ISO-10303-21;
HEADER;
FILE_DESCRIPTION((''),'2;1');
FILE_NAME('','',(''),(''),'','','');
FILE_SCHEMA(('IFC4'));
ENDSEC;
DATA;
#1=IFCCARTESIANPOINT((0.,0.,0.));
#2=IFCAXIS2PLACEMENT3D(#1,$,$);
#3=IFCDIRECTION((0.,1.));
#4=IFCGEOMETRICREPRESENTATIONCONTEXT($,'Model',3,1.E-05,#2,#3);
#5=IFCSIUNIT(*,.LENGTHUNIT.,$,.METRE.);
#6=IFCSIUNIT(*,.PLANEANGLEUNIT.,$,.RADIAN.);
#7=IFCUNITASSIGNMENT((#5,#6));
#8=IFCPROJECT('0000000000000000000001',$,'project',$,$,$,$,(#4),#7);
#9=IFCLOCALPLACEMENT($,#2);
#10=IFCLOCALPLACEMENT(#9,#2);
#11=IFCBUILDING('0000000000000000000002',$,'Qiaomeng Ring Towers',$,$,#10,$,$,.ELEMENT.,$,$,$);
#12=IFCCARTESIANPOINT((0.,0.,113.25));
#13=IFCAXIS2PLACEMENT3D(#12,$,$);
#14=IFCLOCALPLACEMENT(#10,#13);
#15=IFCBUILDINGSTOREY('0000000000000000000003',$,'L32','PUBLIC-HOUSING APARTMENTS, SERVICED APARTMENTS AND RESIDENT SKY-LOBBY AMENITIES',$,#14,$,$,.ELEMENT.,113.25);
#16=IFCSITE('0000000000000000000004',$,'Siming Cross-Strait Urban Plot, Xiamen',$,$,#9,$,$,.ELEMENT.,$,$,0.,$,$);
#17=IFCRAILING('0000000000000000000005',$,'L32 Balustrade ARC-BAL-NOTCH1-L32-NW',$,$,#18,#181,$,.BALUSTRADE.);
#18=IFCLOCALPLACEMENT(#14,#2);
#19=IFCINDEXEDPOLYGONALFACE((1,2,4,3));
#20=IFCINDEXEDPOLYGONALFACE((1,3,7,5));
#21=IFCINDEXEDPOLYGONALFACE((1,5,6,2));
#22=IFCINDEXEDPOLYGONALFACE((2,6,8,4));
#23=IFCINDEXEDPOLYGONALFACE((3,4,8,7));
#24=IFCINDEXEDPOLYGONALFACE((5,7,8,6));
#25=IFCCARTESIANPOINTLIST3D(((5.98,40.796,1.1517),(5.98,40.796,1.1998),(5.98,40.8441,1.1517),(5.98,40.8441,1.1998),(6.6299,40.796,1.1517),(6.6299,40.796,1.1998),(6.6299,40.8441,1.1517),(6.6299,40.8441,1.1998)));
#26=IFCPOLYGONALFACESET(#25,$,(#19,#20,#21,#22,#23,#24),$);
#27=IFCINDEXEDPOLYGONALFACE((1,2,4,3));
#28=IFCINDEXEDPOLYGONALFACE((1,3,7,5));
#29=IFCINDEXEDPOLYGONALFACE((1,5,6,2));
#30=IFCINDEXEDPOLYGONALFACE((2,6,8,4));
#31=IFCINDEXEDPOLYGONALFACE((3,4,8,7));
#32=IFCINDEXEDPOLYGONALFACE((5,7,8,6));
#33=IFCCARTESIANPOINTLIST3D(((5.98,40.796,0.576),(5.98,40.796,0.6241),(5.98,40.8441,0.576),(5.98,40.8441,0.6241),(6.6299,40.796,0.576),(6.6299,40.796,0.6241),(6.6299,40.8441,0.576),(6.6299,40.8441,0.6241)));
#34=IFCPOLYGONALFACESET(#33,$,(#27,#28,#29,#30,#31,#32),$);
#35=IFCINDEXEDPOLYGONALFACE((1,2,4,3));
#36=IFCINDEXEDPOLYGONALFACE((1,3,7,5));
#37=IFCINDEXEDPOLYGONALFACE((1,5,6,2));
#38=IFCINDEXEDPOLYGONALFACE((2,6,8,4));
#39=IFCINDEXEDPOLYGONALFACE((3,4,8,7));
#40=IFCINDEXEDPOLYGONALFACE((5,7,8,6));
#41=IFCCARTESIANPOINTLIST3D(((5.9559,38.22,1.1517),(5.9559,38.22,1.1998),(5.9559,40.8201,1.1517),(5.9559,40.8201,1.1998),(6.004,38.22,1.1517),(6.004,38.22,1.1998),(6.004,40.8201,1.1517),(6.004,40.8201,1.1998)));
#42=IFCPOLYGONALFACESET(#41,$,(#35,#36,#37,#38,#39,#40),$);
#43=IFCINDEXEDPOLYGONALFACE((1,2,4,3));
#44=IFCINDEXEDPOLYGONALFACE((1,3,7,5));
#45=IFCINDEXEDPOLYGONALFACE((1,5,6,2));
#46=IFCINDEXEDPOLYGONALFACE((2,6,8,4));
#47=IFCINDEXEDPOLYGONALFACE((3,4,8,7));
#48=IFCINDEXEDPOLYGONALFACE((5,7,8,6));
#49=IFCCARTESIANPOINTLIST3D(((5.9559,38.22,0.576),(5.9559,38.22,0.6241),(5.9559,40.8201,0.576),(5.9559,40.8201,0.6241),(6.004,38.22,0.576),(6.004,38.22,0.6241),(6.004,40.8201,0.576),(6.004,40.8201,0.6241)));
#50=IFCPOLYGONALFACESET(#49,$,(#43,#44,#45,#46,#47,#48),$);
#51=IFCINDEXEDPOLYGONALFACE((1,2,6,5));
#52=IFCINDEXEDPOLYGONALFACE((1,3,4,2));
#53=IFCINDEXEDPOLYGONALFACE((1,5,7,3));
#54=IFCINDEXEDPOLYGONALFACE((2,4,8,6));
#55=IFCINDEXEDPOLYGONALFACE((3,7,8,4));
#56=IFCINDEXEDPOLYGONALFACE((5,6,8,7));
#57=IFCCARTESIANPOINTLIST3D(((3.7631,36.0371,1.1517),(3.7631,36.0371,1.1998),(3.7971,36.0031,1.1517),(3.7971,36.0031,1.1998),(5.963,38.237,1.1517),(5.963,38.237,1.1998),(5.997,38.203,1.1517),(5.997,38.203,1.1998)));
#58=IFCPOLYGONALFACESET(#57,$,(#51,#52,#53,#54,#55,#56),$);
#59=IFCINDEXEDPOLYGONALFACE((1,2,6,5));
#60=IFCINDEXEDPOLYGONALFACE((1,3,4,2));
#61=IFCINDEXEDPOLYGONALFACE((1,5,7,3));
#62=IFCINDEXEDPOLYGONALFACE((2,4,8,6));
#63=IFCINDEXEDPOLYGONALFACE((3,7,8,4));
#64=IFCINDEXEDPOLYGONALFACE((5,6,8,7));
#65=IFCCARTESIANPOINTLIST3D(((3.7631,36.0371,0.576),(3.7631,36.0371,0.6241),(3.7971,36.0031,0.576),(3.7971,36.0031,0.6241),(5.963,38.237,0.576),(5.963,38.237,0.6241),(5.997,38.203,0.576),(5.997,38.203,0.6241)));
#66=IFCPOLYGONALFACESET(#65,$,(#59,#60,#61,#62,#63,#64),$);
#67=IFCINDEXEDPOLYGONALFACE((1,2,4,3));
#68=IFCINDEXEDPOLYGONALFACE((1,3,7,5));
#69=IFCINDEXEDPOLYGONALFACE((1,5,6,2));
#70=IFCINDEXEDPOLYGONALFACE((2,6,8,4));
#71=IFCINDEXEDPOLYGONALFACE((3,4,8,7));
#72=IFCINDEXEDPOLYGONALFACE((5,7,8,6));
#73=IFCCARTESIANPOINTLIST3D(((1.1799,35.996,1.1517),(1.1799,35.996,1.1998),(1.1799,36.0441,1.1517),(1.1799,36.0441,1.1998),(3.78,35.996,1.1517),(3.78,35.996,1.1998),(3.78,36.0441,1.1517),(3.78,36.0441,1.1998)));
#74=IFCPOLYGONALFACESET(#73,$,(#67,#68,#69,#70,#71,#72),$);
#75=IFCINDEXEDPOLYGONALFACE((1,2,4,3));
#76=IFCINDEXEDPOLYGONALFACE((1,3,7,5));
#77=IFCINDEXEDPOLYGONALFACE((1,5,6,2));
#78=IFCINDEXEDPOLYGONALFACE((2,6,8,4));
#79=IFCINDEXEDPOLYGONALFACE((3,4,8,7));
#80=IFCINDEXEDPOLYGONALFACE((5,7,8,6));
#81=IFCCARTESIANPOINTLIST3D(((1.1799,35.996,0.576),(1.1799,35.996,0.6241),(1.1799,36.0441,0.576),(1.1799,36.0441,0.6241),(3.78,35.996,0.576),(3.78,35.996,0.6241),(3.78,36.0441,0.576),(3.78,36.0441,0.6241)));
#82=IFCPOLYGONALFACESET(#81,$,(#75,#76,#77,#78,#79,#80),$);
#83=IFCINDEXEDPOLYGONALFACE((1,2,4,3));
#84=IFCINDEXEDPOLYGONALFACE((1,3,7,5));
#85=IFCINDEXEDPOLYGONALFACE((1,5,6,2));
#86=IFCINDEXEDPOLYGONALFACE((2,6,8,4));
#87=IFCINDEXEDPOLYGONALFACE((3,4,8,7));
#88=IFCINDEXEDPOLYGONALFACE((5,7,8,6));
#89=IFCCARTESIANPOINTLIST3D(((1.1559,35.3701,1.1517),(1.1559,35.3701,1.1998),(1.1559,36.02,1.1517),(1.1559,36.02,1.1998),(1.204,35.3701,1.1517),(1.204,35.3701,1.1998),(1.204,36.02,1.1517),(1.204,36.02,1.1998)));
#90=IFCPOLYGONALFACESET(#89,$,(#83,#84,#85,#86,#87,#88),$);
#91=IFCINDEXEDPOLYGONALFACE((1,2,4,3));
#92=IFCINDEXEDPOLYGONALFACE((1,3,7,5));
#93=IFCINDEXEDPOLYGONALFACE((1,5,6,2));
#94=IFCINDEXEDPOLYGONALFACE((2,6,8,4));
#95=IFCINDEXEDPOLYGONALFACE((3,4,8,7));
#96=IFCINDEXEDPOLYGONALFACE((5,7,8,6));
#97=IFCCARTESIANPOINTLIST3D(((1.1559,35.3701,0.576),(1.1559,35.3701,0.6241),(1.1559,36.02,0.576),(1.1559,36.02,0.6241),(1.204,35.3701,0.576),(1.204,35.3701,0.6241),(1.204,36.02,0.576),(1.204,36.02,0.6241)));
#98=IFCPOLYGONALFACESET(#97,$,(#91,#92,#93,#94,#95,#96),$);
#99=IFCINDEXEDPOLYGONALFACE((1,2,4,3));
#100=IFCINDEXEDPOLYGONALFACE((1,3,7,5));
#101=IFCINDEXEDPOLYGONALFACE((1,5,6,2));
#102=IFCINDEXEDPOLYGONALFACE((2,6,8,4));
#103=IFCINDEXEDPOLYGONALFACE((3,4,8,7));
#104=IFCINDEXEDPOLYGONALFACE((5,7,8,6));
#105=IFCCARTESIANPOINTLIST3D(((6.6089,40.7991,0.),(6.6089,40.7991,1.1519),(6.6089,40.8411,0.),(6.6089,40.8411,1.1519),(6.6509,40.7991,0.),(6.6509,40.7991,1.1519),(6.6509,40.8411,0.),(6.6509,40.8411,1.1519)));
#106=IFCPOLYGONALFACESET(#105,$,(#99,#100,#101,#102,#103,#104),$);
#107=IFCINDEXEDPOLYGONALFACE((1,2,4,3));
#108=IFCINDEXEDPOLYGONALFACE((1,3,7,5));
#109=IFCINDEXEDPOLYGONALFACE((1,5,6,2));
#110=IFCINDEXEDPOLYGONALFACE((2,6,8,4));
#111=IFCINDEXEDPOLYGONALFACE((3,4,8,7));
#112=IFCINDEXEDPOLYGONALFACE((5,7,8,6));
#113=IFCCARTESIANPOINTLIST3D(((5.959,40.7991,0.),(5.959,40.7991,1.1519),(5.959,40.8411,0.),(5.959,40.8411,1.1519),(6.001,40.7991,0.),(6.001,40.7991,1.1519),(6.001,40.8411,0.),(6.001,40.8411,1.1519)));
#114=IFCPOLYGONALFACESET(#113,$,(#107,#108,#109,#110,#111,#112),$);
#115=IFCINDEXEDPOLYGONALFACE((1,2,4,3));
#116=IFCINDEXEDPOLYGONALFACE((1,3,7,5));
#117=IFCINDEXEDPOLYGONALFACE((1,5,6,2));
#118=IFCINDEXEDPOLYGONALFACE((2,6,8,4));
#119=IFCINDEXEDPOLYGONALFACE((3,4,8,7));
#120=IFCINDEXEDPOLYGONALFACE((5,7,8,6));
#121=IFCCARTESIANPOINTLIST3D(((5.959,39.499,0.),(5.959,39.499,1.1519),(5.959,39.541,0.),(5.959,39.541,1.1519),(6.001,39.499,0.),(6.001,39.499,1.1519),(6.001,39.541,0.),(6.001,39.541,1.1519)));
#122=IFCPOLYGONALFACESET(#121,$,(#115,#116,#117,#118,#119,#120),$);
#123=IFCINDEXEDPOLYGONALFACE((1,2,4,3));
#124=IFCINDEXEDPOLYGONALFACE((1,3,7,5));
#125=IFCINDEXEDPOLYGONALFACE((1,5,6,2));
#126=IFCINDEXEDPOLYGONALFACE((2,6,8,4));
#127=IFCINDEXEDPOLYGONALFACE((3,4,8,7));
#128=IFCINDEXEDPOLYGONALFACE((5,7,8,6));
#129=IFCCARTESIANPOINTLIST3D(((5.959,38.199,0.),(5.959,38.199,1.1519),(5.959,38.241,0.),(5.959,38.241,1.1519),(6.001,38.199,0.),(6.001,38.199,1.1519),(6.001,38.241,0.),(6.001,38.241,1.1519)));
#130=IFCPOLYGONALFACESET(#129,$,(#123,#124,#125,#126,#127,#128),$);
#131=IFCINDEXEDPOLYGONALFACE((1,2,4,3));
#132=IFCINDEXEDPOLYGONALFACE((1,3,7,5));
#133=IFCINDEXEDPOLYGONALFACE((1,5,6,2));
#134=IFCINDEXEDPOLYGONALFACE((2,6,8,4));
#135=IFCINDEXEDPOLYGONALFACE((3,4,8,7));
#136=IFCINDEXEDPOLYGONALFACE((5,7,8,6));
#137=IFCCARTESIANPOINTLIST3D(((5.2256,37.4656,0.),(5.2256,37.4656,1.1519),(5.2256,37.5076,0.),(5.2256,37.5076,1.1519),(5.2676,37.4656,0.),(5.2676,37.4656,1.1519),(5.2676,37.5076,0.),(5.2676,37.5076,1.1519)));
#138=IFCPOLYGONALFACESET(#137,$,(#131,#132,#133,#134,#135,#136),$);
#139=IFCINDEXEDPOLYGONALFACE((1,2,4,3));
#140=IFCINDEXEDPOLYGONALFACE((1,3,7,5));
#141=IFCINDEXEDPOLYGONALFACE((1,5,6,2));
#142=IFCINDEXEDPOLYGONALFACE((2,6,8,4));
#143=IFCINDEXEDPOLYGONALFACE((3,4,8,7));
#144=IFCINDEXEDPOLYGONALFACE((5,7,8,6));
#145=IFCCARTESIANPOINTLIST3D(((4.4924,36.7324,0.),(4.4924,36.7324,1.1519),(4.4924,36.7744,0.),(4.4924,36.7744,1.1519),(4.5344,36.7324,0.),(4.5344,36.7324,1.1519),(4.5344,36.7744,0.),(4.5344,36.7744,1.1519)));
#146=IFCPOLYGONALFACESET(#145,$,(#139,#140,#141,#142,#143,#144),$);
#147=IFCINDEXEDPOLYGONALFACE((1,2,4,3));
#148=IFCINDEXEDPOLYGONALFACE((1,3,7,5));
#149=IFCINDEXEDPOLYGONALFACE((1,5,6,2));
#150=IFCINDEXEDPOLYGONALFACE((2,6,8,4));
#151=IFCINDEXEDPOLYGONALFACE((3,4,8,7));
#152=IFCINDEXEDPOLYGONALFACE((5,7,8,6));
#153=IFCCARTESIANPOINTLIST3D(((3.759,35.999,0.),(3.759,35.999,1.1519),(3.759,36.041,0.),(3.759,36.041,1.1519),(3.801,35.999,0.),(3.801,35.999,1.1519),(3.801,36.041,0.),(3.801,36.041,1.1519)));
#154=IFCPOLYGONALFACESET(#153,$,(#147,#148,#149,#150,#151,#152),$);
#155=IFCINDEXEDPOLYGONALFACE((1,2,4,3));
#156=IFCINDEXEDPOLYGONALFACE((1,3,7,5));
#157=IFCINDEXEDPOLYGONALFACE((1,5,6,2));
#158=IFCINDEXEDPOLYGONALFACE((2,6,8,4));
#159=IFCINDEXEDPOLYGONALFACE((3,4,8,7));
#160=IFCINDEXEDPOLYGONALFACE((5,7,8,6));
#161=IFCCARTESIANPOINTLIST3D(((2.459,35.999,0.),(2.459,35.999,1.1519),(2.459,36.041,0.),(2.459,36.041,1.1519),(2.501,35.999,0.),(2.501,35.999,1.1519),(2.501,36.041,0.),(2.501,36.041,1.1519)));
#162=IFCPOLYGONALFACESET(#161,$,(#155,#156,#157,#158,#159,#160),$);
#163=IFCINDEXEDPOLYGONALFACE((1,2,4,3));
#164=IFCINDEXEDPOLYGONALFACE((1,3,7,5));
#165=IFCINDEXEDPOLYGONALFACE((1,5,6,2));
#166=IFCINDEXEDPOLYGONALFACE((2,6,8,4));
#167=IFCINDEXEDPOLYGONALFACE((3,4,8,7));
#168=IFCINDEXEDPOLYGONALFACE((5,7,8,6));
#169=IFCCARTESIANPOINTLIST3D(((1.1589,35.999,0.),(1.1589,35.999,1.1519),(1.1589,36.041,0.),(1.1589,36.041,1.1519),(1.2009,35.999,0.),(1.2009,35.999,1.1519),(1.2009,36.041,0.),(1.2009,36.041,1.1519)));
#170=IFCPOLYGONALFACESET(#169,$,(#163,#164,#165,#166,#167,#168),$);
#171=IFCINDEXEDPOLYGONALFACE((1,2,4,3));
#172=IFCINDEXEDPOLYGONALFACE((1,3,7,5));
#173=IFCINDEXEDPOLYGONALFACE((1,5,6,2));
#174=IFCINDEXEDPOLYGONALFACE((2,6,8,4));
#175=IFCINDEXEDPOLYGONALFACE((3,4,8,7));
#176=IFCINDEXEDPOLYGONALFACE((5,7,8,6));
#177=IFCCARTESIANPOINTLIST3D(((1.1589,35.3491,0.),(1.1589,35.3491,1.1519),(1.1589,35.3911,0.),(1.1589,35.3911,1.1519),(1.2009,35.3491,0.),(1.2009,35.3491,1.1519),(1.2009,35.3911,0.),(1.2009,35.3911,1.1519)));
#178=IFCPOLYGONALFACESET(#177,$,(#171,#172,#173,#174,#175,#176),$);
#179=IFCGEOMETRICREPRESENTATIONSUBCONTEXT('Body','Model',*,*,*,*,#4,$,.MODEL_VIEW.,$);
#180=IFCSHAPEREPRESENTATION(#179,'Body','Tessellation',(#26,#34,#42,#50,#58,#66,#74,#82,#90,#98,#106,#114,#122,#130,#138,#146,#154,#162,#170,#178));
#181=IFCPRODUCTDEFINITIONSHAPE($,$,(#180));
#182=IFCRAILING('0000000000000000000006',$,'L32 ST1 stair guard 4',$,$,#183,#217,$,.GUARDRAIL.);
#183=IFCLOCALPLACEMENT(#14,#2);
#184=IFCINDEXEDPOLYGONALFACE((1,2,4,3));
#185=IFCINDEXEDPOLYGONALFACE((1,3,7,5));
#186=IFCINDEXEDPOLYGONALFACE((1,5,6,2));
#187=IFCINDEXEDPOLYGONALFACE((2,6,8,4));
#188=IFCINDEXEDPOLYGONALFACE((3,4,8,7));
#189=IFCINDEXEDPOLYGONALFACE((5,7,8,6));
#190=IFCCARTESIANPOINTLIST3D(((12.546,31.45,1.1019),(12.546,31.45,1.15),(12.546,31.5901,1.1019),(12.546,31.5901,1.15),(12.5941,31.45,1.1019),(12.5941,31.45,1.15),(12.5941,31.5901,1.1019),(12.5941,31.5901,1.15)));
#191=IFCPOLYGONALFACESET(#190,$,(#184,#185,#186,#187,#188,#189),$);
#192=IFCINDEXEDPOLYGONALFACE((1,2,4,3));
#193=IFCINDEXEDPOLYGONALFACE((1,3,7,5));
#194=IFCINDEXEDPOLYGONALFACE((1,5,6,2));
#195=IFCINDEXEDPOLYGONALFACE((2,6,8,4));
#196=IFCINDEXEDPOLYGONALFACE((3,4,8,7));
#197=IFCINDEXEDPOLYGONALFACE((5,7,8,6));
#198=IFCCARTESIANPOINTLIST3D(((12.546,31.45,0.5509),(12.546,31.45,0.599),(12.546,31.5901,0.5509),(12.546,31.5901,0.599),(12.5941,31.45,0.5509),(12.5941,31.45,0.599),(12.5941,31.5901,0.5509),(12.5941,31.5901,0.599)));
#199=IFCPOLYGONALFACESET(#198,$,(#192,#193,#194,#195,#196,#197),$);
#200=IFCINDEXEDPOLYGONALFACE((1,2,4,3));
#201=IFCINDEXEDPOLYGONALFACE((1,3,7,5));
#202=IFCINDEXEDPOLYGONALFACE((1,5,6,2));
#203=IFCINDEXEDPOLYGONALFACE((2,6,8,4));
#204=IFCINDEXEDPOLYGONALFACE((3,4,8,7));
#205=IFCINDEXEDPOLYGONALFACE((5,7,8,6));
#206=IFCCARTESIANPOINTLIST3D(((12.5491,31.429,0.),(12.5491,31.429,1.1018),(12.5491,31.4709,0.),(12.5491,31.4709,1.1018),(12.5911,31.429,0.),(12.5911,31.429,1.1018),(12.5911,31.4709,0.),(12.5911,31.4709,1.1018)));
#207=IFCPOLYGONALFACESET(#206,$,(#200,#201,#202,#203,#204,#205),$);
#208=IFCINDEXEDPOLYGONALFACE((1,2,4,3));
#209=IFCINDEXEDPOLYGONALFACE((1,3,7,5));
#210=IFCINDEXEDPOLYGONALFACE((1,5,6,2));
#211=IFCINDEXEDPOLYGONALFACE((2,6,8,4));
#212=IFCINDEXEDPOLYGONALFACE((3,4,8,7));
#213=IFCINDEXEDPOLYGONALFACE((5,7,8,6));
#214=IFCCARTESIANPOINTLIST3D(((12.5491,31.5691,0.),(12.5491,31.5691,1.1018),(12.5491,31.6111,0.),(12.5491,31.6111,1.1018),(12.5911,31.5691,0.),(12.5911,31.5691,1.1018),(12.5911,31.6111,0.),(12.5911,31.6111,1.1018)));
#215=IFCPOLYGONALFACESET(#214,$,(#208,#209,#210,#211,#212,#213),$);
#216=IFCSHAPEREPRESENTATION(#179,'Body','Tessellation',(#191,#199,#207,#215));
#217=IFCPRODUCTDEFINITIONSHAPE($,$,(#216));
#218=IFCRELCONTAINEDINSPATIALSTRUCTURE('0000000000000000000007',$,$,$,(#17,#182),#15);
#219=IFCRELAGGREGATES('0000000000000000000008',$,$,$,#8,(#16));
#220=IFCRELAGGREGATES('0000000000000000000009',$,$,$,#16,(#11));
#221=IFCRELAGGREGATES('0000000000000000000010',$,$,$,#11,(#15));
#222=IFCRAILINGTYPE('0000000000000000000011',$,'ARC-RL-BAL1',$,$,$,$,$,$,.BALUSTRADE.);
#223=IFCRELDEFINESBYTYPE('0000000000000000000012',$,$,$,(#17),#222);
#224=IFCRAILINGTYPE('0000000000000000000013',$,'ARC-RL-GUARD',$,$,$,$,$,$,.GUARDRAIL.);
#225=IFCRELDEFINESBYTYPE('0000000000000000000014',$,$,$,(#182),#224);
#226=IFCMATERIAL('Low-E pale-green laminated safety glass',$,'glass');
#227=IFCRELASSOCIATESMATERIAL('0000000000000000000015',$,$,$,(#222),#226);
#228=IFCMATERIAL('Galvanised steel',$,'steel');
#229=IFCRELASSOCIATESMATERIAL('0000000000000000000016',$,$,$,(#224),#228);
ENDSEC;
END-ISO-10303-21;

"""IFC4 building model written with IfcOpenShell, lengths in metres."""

from ifc_helpers import new_model, si_unit, direction, frame, origin, origin_2d, place, context, subcontext, project, spatial, rectangle, extrude, material, type_object, element, save


model = new_model("IFC4")

# Units and contexts
model_context = context("Model", 3, precision=1e-05, world=origin(), true_north=direction((0.0, 1.0)))
body_context = subcontext(model_context, "Body", "Model", "MODEL_VIEW")
ifc_project = project(units=[si_unit("LENGTHUNIT", "METRE"), si_unit("PLANEANGLEUNIT", "RADIAN")], contexts=[model_context])

# Site, building, storey
site_placement = place(None, origin())
site = spatial("IfcSite", under=ifc_project, at=site_placement, Name="Siming Cross-Strait Urban Plot, Xiamen", CompositionType="ELEMENT", RefElevation=0.0)
building_placement = place(site_placement, origin())
building = spatial("IfcBuilding", under=site, at=building_placement, Name="Qiaomeng Ring Towers", CompositionType="ELEMENT")
storey_placement = place(building_placement, frame((0.0, 0.0, 113.25)))
storey = spatial("IfcBuildingStorey", under=building, at=storey_placement, Name="L32", Description="PUBLIC-HOUSING APARTMENTS, SERVICED APARTMENTS AND RESIDENT SKY-LOBBY AMENITIES", CompositionType="ELEMENT", Elevation=113.25)

# Shared definitions
ifc_material_1 = material(Name="Galvanised steel", Category="steel")

# Railings
ifc_material_2 = material(Name="Low-E pale-green laminated safety glass", Category="glass")
railing_type_1 = type_object("IfcRailingType", Name="ARC-RL-BAL1", PredefinedType="BALUSTRADE", material=ifc_material_2)
railing_1_placement = place(storey_placement, frame((6.6299, 40.8201, 0.0)))
element("IfcRailing", 1, at=railing_1_placement, inside=storey, type_object=railing_type_1, Name="L32 Balustrade ARC-BAL-NOTCH1-L32-NW", PredefinedType="BALUSTRADE", context=body_context, shape_type="SweptSolid", body=[
    extrude(rectangle(XDim=0.0481, YDim=0.0481, at=origin_2d()), frame((0.0, 0.0, 1.1758), z_axis=(-1.0, 0.0, 0.0), x_axis=(0.0, -1.0, 0.0)), (0.0, 0.0, 1.0), 0.6499),
    extrude(rectangle(XDim=0.0481, YDim=0.0481, at=origin_2d()), frame((0.0, 0.0, 0.6001), z_axis=(-1.0, 0.0, 0.0), x_axis=(0.0, -1.0, 0.0)), (0.0, 0.0, 1.0), 0.6499),
    extrude(rectangle(XDim=0.0481, YDim=0.0481, at=origin_2d()), frame((-0.6499, 0.0, 1.1758), z_axis=(0.0, -1.0, 0.0), x_axis=(1.0, 0.0, 0.0)), (0.0, 0.0, 1.0), 2.6001),
    extrude(rectangle(XDim=0.0481, YDim=0.0481, at=origin_2d()), frame((-0.6499, 0.0, 0.6001), z_axis=(0.0, -1.0, 0.0), x_axis=(1.0, 0.0, 0.0)), (0.0, 0.0, 1.0), 2.6001),
    extrude(rectangle(XDim=0.0481, YDim=0.0481, at=origin_2d()), frame((-0.6499, -2.6001, 1.1758), z_axis=(-0.707107, -0.707107, 0.0), x_axis=(0.707107, -0.707107, 0.0)), (0.0, 0.0, 1.0), 3.1111),
    extrude(rectangle(XDim=0.0481, YDim=0.0481, at=origin_2d()), frame((-0.6499, -2.6001, 0.6001), z_axis=(-0.707107, -0.707107, 0.0), x_axis=(0.707107, -0.707107, 0.0)), (0.0, 0.0, 1.0), 3.1111),
    extrude(rectangle(XDim=0.0481, YDim=0.0481, at=origin_2d()), frame((-2.8499, -4.8, 1.1758), z_axis=(-1.0, 0.0, 0.0), x_axis=(0.0, -1.0, 0.0)), (0.0, 0.0, 1.0), 2.6001),
    extrude(rectangle(XDim=0.0481, YDim=0.0481, at=origin_2d()), frame((-2.8499, -4.8, 0.6001), z_axis=(-1.0, 0.0, 0.0), x_axis=(0.0, -1.0, 0.0)), (0.0, 0.0, 1.0), 2.6001),
    extrude(rectangle(XDim=0.0481, YDim=0.0481, at=origin_2d()), frame((-5.45, -4.8, 1.1758), z_axis=(0.0, -1.0, 0.0), x_axis=(1.0, 0.0, 0.0)), (0.0, 0.0, 1.0), 0.6499),
    extrude(rectangle(XDim=0.0481, YDim=0.0481, at=origin_2d()), frame((-5.45, -4.8, 0.6001), z_axis=(0.0, -1.0, 0.0), x_axis=(1.0, 0.0, 0.0)), (0.0, 0.0, 1.0), 0.6499),
    extrude(rectangle(XDim=0.042, YDim=0.042, at=origin_2d()), origin(), (0.0, 0.0, 1.0), 1.1519),
    extrude(rectangle(XDim=0.042, YDim=0.042, at=origin_2d()), frame((-0.6499, 0.0, 0.0)), (0.0, 0.0, 1.0), 1.1519),
    extrude(rectangle(XDim=0.042, YDim=0.042, at=origin_2d()), frame((-0.6499, -1.3, 0.0)), (0.0, 0.0, 1.0), 1.1519),
    extrude(rectangle(XDim=0.042, YDim=0.042, at=origin_2d()), frame((-0.6499, -2.6001, 0.0)), (0.0, 0.0, 1.0), 1.1519),
    extrude(rectangle(XDim=0.042, YDim=0.042, at=origin_2d()), frame((-1.3833, -3.3335, 0.0)), (0.0, 0.0, 1.0), 1.1519),
    extrude(rectangle(XDim=0.042, YDim=0.042, at=origin_2d()), frame((-2.1165, -4.0667, 0.0)), (0.0, 0.0, 1.0), 1.1519),
    extrude(rectangle(XDim=0.042, YDim=0.042, at=origin_2d()), frame((-2.8499, -4.8, 0.0)), (0.0, 0.0, 1.0), 1.1519),
    extrude(rectangle(XDim=0.042, YDim=0.042, at=origin_2d()), frame((-4.1499, -4.8, 0.0)), (0.0, 0.0, 1.0), 1.1519),
    extrude(rectangle(XDim=0.042, YDim=0.042, at=origin_2d()), frame((-5.45, -4.8, 0.0)), (0.0, 0.0, 1.0), 1.1519),
    extrude(rectangle(XDim=0.042, YDim=0.042, at=origin_2d()), frame((-5.45, -5.45, 0.0)), (0.0, 0.0, 1.0), 1.1519),
])
railing_type_2 = type_object("IfcRailingType", Name="ARC-RL-GUARD", PredefinedType="GUARDRAIL", material=ifc_material_1)
railing_2_placement = place(storey_placement, frame((12.5701, 31.45, 0.0)))
element("IfcRailing", 2, at=railing_2_placement, inside=storey, type_object=railing_type_2, Name="L32 ST1 stair guard 4", PredefinedType="GUARDRAIL", context=body_context, shape_type="SweptSolid", body=[
    extrude(rectangle(XDim=0.0481, YDim=0.0481, at=origin_2d()), frame((0.0, 0.0, 1.126), z_axis=(0.0, 1.0, 0.0), x_axis=(-1.0, 0.0, 0.0)), (0.0, 0.0, 1.0), 0.1401),
    extrude(rectangle(XDim=0.0481, YDim=0.0481, at=origin_2d()), frame((0.0, 0.0, 0.575), z_axis=(0.0, 1.0, 0.0), x_axis=(-1.0, 0.0, 0.0)), (0.0, 0.0, 1.0), 0.1401),
    extrude(rectangle(XDim=0.042, YDim=0.042, at=origin_2d()), origin(), (0.0, 0.0, 1.0), 1.1018),
    extrude(rectangle(XDim=0.042, YDim=0.042, at=origin_2d()), frame((0.0, 0.1401, 0.0)), (0.0, 0.0, 1.0), 1.1018),
])

save(model, "model.ifc")
